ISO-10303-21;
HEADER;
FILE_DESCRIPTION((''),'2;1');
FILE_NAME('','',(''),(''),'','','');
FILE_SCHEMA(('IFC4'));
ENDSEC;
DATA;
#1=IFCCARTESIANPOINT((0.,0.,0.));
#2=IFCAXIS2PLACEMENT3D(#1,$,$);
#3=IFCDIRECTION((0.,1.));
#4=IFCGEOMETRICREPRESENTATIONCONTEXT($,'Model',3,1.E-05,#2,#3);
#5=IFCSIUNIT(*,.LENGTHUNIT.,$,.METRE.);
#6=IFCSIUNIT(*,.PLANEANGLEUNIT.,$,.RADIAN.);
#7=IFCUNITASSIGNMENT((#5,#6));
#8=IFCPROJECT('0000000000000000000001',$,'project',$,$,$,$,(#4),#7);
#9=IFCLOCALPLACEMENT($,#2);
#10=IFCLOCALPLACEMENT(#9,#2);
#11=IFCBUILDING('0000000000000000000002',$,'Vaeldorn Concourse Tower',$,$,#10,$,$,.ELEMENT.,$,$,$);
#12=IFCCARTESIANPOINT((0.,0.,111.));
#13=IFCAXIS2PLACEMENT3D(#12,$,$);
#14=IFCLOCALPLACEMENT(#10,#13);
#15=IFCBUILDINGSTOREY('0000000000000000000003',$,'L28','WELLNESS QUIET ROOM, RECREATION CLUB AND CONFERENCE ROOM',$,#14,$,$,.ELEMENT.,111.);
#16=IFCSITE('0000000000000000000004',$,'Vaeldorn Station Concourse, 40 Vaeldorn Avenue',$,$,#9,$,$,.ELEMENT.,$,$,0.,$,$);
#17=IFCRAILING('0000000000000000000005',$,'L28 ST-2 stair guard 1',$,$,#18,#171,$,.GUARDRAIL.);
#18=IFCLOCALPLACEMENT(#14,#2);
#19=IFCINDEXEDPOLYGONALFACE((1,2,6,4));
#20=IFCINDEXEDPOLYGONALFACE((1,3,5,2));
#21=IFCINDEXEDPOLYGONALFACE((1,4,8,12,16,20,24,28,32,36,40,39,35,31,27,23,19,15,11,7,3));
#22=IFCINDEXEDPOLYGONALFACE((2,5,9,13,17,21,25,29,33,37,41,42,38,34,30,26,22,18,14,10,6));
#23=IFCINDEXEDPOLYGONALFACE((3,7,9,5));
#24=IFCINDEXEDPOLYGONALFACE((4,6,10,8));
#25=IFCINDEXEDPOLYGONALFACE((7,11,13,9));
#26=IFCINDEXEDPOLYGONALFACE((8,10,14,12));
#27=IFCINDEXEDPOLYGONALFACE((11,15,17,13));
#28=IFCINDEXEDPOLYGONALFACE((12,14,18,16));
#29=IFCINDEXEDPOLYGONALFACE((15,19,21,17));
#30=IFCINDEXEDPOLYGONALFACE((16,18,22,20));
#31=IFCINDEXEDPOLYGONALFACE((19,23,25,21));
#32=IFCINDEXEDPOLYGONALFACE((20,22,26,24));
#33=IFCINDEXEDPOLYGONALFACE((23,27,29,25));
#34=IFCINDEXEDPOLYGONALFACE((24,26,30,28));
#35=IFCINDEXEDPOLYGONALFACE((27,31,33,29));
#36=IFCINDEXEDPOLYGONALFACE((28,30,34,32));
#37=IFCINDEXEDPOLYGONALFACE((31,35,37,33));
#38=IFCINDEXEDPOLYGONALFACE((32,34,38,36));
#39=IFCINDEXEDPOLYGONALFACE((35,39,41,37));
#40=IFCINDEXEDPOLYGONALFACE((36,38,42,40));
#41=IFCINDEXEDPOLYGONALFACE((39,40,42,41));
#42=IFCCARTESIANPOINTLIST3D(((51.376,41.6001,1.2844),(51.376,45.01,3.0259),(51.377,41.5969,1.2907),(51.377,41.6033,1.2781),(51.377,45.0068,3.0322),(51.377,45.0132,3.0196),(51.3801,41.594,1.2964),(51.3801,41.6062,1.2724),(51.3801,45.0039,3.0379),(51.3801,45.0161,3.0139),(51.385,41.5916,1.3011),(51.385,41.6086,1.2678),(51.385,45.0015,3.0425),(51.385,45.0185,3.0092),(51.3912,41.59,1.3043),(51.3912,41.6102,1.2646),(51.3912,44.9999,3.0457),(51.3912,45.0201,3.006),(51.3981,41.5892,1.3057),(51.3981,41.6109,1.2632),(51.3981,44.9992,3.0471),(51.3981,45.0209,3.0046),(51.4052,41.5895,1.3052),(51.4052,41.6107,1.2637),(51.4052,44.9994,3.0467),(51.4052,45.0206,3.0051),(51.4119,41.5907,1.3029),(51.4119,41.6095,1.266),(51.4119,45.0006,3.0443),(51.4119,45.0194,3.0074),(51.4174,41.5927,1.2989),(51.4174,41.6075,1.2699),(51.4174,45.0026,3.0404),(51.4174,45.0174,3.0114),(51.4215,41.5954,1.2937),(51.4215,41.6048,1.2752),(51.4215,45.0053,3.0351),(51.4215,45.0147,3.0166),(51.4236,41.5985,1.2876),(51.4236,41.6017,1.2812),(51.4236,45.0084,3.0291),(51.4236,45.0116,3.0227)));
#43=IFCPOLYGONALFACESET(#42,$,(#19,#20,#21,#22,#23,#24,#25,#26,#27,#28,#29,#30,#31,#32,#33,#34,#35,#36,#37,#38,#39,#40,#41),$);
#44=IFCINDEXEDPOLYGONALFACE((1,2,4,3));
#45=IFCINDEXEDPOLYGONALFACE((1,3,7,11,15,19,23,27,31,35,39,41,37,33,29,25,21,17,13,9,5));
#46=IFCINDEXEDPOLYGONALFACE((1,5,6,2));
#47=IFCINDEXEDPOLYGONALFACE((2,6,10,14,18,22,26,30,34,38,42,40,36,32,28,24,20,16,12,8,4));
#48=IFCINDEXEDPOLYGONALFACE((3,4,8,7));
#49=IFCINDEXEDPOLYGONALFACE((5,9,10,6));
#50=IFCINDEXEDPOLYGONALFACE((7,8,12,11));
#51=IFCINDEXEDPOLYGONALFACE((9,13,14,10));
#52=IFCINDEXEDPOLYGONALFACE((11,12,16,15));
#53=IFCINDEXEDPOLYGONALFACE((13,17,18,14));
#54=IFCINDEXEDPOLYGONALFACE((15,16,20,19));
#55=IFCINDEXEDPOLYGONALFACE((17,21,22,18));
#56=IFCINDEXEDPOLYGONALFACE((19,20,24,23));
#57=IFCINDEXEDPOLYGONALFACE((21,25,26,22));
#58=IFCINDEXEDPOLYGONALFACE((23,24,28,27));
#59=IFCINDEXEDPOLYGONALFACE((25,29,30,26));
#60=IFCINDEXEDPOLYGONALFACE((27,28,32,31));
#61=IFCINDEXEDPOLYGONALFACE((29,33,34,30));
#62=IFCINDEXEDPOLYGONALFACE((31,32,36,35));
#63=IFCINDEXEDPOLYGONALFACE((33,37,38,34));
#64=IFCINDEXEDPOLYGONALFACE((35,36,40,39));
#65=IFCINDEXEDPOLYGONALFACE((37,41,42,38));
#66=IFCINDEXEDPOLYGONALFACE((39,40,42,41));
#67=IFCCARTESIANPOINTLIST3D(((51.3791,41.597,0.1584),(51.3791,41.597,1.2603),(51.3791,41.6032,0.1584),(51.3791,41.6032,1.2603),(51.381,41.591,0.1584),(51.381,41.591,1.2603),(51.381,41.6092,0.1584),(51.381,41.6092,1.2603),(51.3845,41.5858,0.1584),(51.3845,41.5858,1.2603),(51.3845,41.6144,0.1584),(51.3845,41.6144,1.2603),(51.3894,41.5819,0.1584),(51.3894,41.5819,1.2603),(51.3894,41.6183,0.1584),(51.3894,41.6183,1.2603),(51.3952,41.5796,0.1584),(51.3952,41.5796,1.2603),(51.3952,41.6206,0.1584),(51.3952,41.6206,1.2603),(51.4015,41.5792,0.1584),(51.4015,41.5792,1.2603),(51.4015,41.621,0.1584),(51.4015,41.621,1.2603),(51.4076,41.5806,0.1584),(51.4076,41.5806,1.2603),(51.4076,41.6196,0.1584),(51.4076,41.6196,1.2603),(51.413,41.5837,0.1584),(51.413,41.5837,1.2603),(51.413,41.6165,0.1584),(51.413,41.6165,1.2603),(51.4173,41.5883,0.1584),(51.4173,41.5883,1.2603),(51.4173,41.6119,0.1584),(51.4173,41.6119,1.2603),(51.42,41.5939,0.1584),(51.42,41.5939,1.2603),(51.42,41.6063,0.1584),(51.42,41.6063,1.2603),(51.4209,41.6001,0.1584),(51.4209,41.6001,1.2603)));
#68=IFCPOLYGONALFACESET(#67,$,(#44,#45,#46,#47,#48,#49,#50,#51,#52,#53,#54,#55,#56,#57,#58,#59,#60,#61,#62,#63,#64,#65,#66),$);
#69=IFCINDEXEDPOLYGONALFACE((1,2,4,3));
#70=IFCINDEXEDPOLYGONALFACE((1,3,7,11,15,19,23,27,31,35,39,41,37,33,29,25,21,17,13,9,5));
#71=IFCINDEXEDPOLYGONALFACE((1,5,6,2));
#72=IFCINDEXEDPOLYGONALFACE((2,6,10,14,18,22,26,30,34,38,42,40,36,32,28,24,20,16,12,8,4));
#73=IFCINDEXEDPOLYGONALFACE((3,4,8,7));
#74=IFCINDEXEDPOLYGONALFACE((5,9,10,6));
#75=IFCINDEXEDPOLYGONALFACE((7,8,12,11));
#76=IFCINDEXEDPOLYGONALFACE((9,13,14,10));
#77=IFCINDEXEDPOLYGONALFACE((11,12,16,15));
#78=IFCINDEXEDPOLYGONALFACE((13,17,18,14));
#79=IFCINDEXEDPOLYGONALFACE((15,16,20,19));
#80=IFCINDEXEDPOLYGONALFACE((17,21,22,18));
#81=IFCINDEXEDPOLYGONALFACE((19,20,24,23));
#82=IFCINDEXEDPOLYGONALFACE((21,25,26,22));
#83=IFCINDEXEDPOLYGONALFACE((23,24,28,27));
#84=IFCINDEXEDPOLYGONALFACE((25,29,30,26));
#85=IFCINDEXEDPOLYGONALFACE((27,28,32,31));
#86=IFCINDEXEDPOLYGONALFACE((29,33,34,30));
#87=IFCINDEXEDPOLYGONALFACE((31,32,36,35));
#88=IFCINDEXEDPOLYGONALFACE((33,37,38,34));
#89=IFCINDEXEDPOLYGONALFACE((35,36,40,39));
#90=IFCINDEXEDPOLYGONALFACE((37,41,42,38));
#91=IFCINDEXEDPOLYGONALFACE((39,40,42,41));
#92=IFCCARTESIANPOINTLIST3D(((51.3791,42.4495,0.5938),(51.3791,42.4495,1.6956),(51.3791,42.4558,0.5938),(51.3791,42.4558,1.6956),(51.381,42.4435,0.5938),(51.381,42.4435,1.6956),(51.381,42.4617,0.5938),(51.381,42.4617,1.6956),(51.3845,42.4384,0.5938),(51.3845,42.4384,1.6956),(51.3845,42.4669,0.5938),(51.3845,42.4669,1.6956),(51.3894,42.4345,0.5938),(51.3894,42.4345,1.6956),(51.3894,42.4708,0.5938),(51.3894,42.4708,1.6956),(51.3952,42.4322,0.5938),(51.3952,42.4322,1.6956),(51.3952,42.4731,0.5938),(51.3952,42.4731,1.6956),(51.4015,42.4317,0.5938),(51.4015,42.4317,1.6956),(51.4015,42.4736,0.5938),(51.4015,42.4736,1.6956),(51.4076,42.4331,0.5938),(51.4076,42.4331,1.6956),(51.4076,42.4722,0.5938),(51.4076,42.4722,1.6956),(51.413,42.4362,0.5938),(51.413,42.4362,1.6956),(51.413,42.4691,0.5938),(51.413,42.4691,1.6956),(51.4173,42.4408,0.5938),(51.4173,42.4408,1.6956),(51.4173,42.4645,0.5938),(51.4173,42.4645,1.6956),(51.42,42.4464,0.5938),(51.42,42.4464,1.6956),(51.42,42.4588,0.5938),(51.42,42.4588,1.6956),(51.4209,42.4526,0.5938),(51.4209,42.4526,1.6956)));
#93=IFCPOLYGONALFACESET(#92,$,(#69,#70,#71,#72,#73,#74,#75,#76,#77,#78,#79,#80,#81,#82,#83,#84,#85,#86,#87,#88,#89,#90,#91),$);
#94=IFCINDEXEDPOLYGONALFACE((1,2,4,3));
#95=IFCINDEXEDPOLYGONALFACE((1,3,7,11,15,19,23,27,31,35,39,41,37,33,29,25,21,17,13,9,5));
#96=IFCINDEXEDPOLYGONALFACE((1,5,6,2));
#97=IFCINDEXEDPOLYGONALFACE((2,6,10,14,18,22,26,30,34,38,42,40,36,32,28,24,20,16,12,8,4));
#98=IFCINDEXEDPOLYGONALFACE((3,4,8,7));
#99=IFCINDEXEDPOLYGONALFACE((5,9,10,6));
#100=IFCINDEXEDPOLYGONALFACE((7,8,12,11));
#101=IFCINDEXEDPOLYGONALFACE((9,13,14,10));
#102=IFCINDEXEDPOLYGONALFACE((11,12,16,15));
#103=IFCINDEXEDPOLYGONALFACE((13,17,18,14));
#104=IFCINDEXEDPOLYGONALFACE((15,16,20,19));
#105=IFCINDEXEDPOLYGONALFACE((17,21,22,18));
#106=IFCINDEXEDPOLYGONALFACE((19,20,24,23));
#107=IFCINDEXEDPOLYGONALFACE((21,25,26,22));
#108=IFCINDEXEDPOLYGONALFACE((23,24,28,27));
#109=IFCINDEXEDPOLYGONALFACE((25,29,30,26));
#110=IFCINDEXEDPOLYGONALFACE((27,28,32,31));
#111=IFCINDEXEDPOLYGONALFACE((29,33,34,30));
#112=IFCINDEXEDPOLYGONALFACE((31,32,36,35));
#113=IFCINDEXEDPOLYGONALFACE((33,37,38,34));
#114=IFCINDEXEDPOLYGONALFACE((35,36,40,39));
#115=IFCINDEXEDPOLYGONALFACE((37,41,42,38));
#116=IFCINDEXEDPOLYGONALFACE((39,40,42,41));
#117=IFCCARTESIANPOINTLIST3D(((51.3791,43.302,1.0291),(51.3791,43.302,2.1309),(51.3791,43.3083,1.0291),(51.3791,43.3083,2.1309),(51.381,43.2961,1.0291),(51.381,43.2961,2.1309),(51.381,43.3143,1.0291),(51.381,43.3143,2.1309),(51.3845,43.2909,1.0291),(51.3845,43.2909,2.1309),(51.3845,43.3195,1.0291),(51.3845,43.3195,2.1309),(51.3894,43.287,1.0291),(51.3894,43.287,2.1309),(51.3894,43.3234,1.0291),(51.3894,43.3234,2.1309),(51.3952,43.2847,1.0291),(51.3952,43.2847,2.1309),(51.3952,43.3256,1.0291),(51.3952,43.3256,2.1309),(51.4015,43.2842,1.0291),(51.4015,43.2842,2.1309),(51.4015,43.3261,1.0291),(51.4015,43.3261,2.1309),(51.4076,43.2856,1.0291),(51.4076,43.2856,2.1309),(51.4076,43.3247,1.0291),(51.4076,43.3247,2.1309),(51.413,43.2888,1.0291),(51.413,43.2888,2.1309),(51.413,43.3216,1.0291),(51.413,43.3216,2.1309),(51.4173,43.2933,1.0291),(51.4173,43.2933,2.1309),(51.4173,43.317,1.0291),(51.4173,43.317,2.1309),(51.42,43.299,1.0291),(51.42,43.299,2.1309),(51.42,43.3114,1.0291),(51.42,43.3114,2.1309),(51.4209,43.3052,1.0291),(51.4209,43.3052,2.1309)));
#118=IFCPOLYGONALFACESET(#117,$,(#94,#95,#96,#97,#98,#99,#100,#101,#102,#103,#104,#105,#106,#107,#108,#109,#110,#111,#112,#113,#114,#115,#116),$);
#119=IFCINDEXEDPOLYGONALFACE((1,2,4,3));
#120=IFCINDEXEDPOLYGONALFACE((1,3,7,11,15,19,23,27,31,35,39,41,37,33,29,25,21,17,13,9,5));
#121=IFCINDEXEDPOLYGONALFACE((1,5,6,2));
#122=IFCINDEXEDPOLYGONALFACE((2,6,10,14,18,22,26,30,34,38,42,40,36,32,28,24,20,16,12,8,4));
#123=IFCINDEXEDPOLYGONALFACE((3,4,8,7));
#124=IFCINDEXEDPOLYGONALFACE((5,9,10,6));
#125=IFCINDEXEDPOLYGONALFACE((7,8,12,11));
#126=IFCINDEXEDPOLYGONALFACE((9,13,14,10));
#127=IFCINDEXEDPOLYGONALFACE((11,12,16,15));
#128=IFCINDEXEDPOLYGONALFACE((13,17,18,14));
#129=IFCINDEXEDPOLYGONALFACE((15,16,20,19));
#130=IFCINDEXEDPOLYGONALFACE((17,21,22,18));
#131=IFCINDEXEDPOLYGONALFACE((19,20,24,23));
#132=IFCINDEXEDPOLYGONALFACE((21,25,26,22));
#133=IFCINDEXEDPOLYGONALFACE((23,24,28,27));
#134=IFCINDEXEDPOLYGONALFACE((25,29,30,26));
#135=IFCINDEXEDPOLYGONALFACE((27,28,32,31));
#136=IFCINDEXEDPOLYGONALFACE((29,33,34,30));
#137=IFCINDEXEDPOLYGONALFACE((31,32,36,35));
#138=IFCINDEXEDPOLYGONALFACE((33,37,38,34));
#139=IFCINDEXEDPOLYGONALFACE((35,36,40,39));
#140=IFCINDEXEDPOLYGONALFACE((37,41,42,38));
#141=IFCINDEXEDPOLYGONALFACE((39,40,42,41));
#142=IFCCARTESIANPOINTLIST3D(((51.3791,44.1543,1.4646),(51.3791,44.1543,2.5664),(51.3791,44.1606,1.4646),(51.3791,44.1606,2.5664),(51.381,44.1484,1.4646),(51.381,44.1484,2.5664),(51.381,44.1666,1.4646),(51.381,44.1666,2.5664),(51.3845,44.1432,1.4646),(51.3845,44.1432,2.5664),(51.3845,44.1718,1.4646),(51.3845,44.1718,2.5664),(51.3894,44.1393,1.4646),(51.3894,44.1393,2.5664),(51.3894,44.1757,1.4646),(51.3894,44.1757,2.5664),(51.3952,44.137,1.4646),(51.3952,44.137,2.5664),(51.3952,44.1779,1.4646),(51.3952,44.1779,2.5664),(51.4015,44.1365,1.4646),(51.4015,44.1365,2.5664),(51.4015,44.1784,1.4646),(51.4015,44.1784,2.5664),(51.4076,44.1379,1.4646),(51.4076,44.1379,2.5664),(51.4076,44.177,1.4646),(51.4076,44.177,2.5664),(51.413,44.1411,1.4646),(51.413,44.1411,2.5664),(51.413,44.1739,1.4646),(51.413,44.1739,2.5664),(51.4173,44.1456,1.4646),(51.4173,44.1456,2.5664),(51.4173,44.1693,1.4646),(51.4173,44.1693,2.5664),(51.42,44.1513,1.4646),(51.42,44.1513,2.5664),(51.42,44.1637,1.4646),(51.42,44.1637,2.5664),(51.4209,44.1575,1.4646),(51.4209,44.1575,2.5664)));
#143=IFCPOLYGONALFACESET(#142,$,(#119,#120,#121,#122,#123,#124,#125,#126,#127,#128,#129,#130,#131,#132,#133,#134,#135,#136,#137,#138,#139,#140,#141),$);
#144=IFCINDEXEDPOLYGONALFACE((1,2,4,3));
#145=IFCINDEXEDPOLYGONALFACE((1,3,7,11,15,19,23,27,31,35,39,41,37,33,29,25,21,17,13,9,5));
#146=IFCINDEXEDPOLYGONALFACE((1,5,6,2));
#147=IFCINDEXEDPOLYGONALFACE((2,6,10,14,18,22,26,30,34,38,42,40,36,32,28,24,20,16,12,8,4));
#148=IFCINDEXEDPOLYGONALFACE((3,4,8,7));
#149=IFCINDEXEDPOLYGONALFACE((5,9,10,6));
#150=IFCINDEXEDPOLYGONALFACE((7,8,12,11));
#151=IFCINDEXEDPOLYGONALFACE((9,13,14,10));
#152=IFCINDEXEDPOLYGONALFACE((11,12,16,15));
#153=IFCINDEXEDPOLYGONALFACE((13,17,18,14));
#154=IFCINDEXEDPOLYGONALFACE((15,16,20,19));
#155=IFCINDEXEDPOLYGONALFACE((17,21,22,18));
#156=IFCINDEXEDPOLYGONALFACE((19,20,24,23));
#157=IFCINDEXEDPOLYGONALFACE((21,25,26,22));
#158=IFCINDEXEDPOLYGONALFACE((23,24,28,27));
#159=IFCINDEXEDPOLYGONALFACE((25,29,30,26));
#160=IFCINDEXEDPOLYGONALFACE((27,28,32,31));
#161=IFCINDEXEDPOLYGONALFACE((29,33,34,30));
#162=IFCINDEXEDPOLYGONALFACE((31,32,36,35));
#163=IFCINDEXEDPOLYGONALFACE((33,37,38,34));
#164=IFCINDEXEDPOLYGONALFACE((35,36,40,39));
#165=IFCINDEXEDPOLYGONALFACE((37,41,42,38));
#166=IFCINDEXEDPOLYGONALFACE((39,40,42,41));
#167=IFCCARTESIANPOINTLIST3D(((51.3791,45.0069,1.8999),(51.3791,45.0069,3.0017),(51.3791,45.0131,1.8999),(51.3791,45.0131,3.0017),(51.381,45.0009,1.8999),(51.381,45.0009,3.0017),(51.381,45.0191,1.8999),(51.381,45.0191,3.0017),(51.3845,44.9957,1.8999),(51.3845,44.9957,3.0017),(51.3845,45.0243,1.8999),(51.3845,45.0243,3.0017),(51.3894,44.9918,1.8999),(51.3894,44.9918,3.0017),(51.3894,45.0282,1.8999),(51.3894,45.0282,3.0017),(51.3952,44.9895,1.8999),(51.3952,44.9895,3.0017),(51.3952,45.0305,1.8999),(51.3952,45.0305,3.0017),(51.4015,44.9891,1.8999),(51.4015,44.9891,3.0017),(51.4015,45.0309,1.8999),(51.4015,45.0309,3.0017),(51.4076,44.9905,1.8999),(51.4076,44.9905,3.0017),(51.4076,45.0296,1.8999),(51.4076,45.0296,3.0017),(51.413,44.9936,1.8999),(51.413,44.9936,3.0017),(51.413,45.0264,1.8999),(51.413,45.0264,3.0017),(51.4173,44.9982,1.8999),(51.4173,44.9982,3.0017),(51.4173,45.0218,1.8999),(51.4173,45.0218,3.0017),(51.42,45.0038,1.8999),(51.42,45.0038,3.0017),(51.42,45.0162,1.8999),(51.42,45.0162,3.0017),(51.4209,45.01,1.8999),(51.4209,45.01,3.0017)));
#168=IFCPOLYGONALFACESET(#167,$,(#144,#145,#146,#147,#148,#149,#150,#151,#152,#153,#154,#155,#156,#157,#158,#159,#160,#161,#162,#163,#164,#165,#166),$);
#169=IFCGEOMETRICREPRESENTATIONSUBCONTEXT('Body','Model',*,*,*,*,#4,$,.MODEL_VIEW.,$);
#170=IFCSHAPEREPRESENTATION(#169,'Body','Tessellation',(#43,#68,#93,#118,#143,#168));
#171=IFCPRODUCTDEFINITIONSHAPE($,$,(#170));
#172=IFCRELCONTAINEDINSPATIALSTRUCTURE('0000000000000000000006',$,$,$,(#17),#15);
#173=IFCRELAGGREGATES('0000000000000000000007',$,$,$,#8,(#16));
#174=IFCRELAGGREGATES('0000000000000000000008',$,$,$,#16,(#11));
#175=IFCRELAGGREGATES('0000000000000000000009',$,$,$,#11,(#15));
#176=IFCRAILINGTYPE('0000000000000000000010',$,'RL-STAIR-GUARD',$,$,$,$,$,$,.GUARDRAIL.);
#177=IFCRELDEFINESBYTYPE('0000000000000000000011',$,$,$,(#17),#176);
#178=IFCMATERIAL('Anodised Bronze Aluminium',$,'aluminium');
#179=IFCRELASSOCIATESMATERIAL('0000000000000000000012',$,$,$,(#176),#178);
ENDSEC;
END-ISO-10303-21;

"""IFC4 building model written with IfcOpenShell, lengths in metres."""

from ifc_helpers import new_model, si_unit, direction, frame, origin, origin_2d, place, context, subcontext, project, spatial, circle, extrude, material, type_object, element, save


model = new_model("IFC4")

# Units and contexts
model_context = context("Model", 3, precision=1e-05, world=origin(), true_north=direction((0.0, 1.0)))
body_context = subcontext(model_context, "Body", "Model", "MODEL_VIEW")
ifc_project = project(units=[si_unit("LENGTHUNIT", "METRE"), si_unit("PLANEANGLEUNIT", "RADIAN")], contexts=[model_context])

# Site, building, storey
site_placement = place(None, origin())
site = spatial("IfcSite", under=ifc_project, at=site_placement, Name="Vaeldorn Station Concourse, 40 Vaeldorn Avenue", CompositionType="ELEMENT", RefElevation=0.0)
building_placement = place(site_placement, origin())
building = spatial("IfcBuilding", under=site, at=building_placement, Name="Vaeldorn Concourse Tower", CompositionType="ELEMENT")
storey_placement = place(building_placement, frame((0.0, 0.0, 111.0)))
storey = spatial("IfcBuildingStorey", under=building, at=storey_placement, Name="L28", Description="WELLNESS QUIET ROOM, RECREATION CLUB AND CONFERENCE ROOM", CompositionType="ELEMENT", Elevation=111.0)

# Shared definitions
ifc_material_1 = material(Name="Anodised Bronze Aluminium", Category="aluminium")

# Railing
railing_type_1 = type_object("IfcRailingType", Name="RL-STAIR-GUARD", PredefinedType="GUARDRAIL", material=ifc_material_1)
railing_1_placement = place(storey_placement, frame((51.3999, 41.6001, 0.1584)))
element("IfcRailing", 1, at=railing_1_placement, inside=storey, type_object=railing_type_1, Name="L28 ST-2 stair guard 1", PredefinedType="GUARDRAIL", context=body_context, shape_type="SweptSolid", body=[
    extrude(circle(Radius=0.0239, at=origin_2d()), frame((0.0, 0.0, 1.126), z_axis=(0.0, 0.890582, 0.454823), x_axis=(-1.0, 0.0, 0.0)), (0.0, 0.0, 1.0), 3.8289),
    extrude(circle(Radius=0.021, at=origin_2d()), origin(), (0.0, 0.0, 1.0), 1.1018),
    extrude(circle(Radius=0.021, at=origin_2d()), frame((0.0, 0.8525, 0.4353)), (0.0, 0.0, 1.0), 1.1018),
    extrude(circle(Radius=0.021, at=origin_2d()), frame((0.0, 1.7051, 0.8706)), (0.0, 0.0, 1.0), 1.1018),
    extrude(circle(Radius=0.021, at=origin_2d()), frame((0.0, 2.5574, 1.3062)), (0.0, 0.0, 1.0), 1.1018),
    extrude(circle(Radius=0.021, at=origin_2d()), frame((0.0, 3.4099, 1.7415)), (0.0, 0.0, 1.0), 1.1018),
])

save(model, "model.ifc")
